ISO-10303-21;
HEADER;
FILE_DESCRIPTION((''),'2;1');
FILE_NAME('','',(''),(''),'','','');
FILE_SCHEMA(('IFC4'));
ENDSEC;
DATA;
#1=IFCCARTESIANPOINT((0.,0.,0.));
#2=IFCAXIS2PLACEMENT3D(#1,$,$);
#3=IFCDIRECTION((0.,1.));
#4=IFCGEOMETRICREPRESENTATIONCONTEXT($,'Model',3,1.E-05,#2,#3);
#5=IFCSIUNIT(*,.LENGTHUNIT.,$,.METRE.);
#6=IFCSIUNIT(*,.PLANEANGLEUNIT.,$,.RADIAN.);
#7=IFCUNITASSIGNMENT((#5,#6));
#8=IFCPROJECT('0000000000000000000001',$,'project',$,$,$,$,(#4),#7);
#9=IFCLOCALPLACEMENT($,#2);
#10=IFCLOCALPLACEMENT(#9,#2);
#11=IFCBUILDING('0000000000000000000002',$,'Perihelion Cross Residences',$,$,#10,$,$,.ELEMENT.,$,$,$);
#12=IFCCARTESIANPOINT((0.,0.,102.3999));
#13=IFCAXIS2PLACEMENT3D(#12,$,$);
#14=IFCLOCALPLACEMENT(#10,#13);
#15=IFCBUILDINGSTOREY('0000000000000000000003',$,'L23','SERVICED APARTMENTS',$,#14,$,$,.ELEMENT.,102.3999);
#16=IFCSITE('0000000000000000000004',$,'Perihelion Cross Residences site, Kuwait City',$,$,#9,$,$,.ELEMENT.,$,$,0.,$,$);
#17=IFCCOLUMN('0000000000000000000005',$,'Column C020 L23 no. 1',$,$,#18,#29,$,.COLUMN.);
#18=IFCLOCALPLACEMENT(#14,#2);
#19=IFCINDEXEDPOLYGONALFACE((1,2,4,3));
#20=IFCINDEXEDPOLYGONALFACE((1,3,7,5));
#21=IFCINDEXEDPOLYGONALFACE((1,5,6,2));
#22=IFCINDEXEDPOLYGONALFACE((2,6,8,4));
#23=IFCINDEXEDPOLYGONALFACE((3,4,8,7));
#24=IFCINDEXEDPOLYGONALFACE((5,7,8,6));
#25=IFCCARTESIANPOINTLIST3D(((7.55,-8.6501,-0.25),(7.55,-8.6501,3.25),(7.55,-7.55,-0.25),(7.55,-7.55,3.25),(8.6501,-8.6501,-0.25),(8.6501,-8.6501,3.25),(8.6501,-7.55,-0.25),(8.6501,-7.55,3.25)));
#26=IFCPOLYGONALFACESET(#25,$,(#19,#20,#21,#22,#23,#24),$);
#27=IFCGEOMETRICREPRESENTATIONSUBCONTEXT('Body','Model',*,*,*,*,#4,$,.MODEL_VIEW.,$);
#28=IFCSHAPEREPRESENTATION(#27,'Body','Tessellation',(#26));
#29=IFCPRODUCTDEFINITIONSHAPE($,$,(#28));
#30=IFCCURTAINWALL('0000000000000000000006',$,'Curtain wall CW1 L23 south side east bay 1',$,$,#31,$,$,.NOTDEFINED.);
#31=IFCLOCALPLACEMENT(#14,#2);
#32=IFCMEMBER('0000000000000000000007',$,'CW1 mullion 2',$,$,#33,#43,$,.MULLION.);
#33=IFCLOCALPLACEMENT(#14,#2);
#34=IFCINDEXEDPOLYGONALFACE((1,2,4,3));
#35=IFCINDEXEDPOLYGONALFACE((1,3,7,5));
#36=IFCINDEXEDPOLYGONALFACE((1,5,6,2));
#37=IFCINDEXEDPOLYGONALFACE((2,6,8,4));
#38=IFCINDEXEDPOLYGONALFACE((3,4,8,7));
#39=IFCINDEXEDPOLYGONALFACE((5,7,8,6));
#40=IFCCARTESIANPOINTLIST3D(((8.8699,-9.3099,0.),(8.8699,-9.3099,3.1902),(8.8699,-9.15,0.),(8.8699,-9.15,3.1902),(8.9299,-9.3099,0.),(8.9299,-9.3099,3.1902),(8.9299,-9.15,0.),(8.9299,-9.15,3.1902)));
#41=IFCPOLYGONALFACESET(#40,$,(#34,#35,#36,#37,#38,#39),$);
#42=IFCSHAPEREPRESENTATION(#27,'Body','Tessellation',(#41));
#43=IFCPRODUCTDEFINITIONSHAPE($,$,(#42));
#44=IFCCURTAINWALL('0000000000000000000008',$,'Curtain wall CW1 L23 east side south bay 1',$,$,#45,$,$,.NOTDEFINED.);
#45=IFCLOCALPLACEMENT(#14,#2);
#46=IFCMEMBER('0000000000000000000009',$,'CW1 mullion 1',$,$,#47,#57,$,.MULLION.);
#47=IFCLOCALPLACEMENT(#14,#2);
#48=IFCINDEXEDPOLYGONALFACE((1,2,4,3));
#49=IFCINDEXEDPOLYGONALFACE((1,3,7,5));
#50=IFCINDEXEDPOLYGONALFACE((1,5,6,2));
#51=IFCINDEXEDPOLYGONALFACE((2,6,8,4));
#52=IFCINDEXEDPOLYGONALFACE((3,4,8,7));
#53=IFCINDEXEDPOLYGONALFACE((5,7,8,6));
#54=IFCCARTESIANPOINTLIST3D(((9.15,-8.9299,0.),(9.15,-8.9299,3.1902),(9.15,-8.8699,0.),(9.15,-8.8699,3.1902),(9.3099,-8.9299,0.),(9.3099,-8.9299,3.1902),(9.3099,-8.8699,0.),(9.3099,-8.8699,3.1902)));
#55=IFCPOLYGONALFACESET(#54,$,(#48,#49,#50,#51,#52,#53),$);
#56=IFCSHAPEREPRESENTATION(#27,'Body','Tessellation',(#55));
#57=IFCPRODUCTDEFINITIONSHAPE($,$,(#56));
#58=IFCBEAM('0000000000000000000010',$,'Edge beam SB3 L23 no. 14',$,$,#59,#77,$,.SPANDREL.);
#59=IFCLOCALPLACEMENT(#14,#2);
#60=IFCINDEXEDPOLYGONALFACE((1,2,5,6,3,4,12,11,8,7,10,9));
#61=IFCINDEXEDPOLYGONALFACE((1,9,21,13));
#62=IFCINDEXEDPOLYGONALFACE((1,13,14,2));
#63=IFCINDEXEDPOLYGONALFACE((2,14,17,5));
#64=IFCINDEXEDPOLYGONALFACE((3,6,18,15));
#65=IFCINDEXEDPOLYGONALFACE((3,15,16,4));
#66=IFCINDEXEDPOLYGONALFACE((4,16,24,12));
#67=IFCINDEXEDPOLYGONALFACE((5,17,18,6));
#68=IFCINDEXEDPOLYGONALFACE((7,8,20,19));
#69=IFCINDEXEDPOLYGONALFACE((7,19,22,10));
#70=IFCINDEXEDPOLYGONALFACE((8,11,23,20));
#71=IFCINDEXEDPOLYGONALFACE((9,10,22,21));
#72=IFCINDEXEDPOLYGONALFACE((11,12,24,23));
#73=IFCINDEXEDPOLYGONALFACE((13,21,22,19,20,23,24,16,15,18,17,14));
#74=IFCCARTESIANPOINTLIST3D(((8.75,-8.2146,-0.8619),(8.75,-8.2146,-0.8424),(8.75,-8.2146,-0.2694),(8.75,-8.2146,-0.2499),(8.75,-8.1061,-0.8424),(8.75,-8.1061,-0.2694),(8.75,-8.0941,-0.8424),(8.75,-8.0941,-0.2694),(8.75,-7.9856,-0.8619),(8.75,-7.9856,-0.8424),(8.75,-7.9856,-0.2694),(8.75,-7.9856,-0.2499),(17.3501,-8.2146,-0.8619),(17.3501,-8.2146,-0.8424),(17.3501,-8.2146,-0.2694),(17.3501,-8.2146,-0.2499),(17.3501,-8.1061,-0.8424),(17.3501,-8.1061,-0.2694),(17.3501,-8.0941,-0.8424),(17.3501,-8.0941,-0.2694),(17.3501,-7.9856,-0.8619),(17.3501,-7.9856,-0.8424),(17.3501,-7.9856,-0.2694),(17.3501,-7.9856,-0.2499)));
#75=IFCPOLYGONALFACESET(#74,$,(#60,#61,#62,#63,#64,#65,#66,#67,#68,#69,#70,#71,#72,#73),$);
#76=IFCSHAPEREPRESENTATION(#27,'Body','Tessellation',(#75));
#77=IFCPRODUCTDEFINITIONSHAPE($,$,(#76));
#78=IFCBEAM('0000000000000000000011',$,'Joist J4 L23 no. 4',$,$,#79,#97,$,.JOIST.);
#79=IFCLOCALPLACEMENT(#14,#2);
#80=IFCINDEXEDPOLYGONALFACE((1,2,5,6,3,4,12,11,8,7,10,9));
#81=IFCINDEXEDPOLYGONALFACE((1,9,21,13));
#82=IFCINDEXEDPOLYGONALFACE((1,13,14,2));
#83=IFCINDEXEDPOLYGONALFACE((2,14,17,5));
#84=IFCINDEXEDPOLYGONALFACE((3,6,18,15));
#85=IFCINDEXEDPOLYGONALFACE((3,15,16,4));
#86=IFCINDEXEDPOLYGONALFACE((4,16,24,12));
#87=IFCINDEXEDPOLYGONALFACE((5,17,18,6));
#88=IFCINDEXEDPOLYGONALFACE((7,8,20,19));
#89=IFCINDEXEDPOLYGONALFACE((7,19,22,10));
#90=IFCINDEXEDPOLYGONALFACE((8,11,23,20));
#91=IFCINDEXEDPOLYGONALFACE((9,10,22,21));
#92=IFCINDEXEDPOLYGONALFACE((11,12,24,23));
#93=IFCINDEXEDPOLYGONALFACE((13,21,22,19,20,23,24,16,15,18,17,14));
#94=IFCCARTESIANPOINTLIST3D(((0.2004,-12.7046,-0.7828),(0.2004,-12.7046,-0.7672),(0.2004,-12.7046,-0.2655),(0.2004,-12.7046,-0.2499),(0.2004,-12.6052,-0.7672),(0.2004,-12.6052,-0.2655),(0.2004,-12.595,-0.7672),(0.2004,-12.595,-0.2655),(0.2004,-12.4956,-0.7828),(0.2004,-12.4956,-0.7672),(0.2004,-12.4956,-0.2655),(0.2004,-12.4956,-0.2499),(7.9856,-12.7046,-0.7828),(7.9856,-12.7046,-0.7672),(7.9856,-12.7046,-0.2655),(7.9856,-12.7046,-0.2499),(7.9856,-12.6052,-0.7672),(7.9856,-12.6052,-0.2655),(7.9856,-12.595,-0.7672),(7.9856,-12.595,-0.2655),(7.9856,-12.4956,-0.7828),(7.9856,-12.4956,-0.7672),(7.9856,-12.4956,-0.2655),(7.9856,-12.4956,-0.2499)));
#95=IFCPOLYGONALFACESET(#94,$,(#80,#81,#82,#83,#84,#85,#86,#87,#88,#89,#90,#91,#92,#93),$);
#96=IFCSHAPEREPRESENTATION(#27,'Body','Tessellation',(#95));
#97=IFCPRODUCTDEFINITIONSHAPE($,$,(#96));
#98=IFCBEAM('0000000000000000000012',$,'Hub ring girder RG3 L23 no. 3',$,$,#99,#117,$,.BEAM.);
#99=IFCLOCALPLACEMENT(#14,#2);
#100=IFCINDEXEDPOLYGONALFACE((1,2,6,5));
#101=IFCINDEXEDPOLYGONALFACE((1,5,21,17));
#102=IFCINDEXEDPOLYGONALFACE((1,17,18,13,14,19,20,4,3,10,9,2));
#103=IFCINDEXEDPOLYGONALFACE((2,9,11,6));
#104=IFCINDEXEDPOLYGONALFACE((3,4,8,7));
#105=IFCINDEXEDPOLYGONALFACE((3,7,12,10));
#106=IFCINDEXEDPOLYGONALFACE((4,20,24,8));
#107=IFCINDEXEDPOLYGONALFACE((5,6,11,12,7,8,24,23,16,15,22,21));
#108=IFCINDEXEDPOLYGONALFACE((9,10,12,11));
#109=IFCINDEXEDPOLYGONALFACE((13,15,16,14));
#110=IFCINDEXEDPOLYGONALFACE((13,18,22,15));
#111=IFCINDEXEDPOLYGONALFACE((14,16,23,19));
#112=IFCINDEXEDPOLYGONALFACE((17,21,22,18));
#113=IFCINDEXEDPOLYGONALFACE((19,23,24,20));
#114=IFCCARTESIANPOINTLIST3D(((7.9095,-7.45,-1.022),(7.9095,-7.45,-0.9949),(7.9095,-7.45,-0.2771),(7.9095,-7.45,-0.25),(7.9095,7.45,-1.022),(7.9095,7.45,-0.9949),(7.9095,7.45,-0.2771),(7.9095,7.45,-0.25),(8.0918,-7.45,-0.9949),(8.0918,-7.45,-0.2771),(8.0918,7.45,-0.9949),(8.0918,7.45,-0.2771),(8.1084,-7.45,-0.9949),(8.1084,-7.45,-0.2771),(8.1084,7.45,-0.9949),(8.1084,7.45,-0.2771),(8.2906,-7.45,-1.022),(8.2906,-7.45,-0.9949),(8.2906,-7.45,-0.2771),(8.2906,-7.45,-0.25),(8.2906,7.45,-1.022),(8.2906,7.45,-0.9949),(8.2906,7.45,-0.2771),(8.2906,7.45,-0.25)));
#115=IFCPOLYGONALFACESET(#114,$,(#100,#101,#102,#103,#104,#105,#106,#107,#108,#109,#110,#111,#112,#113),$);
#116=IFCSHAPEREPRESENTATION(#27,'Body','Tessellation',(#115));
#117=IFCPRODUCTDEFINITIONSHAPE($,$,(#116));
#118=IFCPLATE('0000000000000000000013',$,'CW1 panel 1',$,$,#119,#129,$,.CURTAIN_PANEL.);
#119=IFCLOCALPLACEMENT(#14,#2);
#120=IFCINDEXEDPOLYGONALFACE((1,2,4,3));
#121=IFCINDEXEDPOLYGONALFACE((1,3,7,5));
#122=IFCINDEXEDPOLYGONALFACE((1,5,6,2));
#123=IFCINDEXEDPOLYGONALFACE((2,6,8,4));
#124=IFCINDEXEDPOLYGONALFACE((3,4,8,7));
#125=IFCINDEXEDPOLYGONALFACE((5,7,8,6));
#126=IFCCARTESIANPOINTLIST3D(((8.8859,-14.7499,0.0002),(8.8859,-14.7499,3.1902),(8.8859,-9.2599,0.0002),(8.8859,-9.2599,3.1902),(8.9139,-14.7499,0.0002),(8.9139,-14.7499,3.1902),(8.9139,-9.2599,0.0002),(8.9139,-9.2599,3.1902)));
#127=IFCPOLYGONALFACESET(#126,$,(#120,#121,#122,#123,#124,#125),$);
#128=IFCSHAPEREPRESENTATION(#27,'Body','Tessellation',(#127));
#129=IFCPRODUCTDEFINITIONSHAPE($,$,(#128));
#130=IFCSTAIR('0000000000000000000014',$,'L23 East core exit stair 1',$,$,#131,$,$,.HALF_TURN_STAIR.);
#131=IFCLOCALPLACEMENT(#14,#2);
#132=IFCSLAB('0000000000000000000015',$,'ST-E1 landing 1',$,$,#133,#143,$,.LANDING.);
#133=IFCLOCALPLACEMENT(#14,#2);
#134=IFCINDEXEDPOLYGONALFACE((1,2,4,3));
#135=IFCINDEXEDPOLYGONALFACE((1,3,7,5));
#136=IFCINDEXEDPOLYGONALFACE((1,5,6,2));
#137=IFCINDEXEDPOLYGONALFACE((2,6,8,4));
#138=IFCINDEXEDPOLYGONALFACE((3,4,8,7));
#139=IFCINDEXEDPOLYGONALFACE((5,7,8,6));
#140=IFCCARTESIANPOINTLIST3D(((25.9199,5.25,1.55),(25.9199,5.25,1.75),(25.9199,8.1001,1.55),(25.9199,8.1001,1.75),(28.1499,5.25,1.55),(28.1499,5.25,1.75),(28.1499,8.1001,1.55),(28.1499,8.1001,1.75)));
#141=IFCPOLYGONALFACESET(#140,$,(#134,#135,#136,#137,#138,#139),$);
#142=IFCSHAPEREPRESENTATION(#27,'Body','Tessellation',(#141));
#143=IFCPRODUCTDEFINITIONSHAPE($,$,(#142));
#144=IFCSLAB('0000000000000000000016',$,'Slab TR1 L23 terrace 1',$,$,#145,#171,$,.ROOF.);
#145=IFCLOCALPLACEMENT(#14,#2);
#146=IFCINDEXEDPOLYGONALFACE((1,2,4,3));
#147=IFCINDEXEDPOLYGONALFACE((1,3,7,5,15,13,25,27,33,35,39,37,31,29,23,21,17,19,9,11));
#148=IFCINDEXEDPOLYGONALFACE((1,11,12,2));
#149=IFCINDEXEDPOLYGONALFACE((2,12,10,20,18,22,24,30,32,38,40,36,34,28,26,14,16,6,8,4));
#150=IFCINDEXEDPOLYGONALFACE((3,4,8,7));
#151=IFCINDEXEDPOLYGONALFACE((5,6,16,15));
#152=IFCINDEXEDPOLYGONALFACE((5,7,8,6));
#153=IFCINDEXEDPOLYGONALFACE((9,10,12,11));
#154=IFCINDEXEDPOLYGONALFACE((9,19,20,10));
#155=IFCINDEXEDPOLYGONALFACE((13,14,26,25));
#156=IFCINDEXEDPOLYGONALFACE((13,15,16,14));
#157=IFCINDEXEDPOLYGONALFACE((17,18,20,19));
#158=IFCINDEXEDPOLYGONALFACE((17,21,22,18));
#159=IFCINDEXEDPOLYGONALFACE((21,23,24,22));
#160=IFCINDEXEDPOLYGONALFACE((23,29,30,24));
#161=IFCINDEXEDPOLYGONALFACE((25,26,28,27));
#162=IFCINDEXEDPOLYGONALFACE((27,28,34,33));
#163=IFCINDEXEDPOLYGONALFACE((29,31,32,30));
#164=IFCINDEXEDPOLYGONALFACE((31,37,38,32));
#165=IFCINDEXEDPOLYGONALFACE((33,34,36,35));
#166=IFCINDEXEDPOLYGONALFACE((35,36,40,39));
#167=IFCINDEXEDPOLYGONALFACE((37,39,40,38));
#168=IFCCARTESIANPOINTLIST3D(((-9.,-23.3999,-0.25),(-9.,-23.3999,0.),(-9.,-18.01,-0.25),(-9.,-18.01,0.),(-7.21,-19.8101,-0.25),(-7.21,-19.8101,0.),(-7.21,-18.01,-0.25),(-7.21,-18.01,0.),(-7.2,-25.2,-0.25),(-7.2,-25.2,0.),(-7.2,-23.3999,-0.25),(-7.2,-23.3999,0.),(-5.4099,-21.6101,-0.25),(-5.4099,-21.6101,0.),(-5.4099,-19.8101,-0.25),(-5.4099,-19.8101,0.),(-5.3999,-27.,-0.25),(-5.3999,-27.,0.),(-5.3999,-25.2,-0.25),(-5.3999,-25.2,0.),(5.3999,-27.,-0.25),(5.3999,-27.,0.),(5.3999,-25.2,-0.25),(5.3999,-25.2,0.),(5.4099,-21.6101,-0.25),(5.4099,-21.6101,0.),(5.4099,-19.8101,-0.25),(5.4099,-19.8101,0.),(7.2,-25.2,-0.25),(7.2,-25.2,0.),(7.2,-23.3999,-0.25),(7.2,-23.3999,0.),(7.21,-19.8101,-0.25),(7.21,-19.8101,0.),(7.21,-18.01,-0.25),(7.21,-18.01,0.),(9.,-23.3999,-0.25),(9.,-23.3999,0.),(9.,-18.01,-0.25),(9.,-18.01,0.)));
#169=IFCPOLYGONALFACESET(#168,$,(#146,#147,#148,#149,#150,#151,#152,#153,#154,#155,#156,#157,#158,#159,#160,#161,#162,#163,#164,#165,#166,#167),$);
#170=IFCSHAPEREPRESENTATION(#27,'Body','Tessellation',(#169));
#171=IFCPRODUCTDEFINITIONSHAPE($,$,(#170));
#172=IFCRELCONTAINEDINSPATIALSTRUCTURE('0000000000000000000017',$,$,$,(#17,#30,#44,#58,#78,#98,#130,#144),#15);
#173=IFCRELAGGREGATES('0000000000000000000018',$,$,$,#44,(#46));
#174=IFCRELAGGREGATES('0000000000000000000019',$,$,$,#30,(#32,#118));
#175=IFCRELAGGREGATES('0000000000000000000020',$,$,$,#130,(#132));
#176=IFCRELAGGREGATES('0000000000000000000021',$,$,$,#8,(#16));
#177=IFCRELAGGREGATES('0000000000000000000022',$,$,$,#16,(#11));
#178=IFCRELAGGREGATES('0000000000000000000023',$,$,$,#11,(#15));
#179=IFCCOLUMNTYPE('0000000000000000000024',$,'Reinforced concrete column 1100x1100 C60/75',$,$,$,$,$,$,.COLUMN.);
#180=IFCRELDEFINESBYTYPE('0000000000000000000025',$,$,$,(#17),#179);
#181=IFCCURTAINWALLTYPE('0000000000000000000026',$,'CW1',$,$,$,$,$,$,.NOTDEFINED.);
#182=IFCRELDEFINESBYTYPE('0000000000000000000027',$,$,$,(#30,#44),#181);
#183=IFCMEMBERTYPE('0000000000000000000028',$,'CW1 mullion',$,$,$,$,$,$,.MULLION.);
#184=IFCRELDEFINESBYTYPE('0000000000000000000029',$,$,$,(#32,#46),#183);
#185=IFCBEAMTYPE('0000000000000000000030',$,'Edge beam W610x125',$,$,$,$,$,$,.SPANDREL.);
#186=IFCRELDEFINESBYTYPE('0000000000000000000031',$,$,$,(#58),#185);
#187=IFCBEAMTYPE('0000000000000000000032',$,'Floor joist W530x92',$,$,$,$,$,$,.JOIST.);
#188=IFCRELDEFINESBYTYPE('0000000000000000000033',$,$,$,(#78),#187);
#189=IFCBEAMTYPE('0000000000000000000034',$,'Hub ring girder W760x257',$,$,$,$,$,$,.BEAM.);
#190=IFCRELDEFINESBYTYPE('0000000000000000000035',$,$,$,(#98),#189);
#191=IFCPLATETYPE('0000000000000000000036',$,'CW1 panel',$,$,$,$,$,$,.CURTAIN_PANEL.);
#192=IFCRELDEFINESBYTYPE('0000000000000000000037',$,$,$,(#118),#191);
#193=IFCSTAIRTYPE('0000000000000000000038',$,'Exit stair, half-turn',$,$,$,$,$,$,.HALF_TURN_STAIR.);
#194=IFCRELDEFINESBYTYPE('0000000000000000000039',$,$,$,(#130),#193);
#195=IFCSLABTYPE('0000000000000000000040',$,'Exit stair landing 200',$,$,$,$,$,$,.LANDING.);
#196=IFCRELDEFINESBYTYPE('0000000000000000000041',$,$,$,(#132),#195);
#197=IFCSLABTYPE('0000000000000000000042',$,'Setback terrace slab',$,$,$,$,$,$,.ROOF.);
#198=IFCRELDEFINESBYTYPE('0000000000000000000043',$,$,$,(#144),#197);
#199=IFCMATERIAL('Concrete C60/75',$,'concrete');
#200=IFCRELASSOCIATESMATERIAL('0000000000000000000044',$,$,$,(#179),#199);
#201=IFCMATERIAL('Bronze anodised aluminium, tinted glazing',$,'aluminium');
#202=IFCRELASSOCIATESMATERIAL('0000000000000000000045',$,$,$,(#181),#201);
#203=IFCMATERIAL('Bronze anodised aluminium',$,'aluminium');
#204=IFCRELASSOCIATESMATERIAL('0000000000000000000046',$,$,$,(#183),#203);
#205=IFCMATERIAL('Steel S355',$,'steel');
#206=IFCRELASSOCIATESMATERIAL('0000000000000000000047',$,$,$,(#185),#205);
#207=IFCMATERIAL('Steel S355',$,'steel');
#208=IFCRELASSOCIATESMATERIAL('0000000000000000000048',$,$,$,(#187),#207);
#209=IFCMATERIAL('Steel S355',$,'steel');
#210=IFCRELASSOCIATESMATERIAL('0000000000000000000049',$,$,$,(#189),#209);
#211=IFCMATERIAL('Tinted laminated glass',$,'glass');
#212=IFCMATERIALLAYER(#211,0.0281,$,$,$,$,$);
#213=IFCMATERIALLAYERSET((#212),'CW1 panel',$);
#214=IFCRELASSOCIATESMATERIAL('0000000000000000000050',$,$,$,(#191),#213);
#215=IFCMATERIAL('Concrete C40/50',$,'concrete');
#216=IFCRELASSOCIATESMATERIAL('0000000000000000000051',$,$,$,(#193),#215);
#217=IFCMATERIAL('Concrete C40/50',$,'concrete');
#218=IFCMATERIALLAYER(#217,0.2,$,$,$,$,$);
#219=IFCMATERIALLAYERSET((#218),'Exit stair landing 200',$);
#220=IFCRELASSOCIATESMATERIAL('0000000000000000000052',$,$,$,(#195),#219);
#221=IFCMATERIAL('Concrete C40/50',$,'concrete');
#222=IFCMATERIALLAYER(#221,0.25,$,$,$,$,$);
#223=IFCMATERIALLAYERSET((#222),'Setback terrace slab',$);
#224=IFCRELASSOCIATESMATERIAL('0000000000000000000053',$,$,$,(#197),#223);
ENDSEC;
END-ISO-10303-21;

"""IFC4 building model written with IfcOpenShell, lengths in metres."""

from ifc_helpers import new_model, si_unit, direction, frame, origin, origin_2d, place, context, subcontext, project, spatial, polyline, rectangle, i_section, outline, extrude, material, layer, layer_set, material_profile, profile_set, type_object, element, aggregate, save


model = new_model("IFC4")

# Units and contexts
model_context = context("Model", 3, precision=1e-05, world=origin(), true_north=direction((0.0, 1.0)))
body_context = subcontext(model_context, "Body", "Model", "MODEL_VIEW")
ifc_project = project(units=[si_unit("LENGTHUNIT", "METRE"), si_unit("PLANEANGLEUNIT", "RADIAN")], contexts=[model_context])

# Site, building, storey
site_placement = place(None, origin())
site = spatial("IfcSite", under=ifc_project, at=site_placement, Name="Perihelion Cross Residences site, Kuwait City", CompositionType="ELEMENT", RefElevation=0.0)
building_placement = place(site_placement, origin())
building = spatial("IfcBuilding", under=site, at=building_placement, Name="Perihelion Cross Residences", CompositionType="ELEMENT")
storey_placement = place(building_placement, frame((0.0, 0.0, 102.3999)))
storey = spatial("IfcBuildingStorey", under=building, at=storey_placement, Name="L23", Description="SERVICED APARTMENTS", CompositionType="ELEMENT", Elevation=102.3999)

# Column
ifc_material_1 = material(Name="Concrete C60/75", Category="concrete")
ifc_material_profile_1 = material_profile(ifc_material_1, rectangle(XDim=1.1001, YDim=1.1001, at=origin_2d()), Name="RC 1100x1100")
ifc_profile_set_1 = profile_set([ifc_material_profile_1], Name="Concrete C60/75")
column_type = type_object("IfcColumnType", Name="Reinforced concrete column 1100x1100 C60/75", PredefinedType="COLUMN", material=ifc_profile_set_1)
column_placement = place(storey_placement, frame((8.1001, -8.1001, -0.25), z_axis=(0.0, 0.0, 1.0), x_axis=(1.0, 0.0, 0.0)))
element("IfcColumn", 1, at=column_placement, inside=storey, type_object=column_type, Name="Column C020 L23 no. 1", PredefinedType="COLUMN", context=body_context, shape_type="SweptSolid", body=[
    extrude(rectangle(XDim=1.1001, YDim=1.1001, at=origin_2d()), origin(), (0.0, 0.0, 1.0), 3.5),
])

# Curtain walls, members
ifc_material_2 = material(Name="Bronze anodised aluminium, tinted glazing", Category="aluminium")
curtain_wall_type = type_object("IfcCurtainWallType", Name="CW1", PredefinedType="NOTDEFINED", material=ifc_material_2)
curtain_wall_1_placement = place(storey_placement, origin())
curtain_wall_1 = element("IfcCurtainWall", 2, at=curtain_wall_1_placement, inside=storey, type_object=curtain_wall_type, Name="Curtain wall CW1 L23 south side east bay 1", PredefinedType="NOTDEFINED")
ifc_material_3 = material(Name="Bronze anodised aluminium", Category="aluminium")
ifc_material_profile_2 = material_profile(ifc_material_3, rectangle(XDim=0.0601, YDim=0.1599, at=origin_2d()), Name="CW1 mullion")
ifc_profile_set_2 = profile_set([ifc_material_profile_2], Name="Bronze anodised aluminium")
member_type = type_object("IfcMemberType", Name="CW1 mullion", PredefinedType="MULLION", material=ifc_profile_set_2)
member_1_placement = place(storey_placement, frame((8.8999, -9.23, 0.0), z_axis=(0.0, 0.0, 1.0), x_axis=(-1.0, 0.0, 0.0)))
member_1 = element("IfcMember", 3, at=member_1_placement, type_object=member_type, Name="CW1 mullion 2", PredefinedType="MULLION", context=body_context, shape_type="SweptSolid", body=[
    extrude(rectangle(XDim=0.0601, YDim=0.1599, at=origin_2d()), origin(), (0.0, 0.0, 1.0), 3.1902),
])
curtain_wall_2_placement = place(storey_placement, origin())
curtain_wall_2 = element("IfcCurtainWall", 4, at=curtain_wall_2_placement, inside=storey, type_object=curtain_wall_type, Name="Curtain wall CW1 L23 east side south bay 1", PredefinedType="NOTDEFINED")
member_2_placement = place(storey_placement, frame((9.23, -8.8999, 0.0), z_axis=(0.0, 0.0, 1.0), x_axis=(0.0, 1.0, 0.0)))
member_2 = element("IfcMember", 5, at=member_2_placement, type_object=member_type, Name="CW1 mullion 1", PredefinedType="MULLION", context=body_context, shape_type="SweptSolid", body=[
    extrude(rectangle(XDim=0.0601, YDim=0.1599, at=origin_2d()), origin(), (0.0, 0.0, 1.0), 3.1902),
])
aggregate(curtain_wall_2, [member_2])

# Beams
ifc_material_4 = material(Name="Steel S355", Category="steel")
ifc_material_profile_3 = material_profile(ifc_material_4, i_section(OverallWidth=0.229, OverallDepth=0.6121, WebThickness=0.012, FlangeThickness=0.0195, at=origin_2d()), Name="W610x125")
ifc_profile_set_3 = profile_set([ifc_material_profile_3], Name="Steel S355")
beam_type_1 = type_object("IfcBeamType", Name="Edge beam W610x125", PredefinedType="SPANDREL", material=ifc_profile_set_3)
beam_1_placement = place(storey_placement, frame((8.75, -8.1001, -0.5559), z_axis=(1.0, 0.0, 0.0), x_axis=(0.0, 1.0, 0.0)))
element("IfcBeam", 6, at=beam_1_placement, inside=storey, type_object=beam_type_1, Name="Edge beam SB3 L23 no. 14", PredefinedType="SPANDREL", context=body_context, shape_type="SweptSolid", body=[
    extrude(i_section(OverallWidth=0.229, OverallDepth=0.6121, WebThickness=0.012, FlangeThickness=0.0195, at=origin_2d()), origin(), (0.0, 0.0, 1.0), 8.6001),
])
ifc_material_5 = material(Name="Steel S355", Category="steel")
ifc_material_profile_4 = material_profile(ifc_material_5, i_section(OverallWidth=0.209, OverallDepth=0.533, WebThickness=0.0103, FlangeThickness=0.0156, at=origin_2d()), Name="W530x92")
ifc_profile_set_4 = profile_set([ifc_material_profile_4], Name="Steel S355")
beam_type_2 = type_object("IfcBeamType", Name="Floor joist W530x92", PredefinedType="JOIST", material=ifc_profile_set_4)
beam_2_placement = place(storey_placement, frame((0.2004, -12.6001, -0.5164), z_axis=(1.0, 0.0, 0.0), x_axis=(0.0, 1.0, 0.0)))
element("IfcBeam", 7, at=beam_2_placement, inside=storey, type_object=beam_type_2, Name="Joist J4 L23 no. 4", PredefinedType="JOIST", context=body_context, shape_type="SweptSolid", body=[
    extrude(i_section(OverallWidth=0.209, OverallDepth=0.533, WebThickness=0.0103, FlangeThickness=0.0156, at=origin_2d()), origin(), (0.0, 0.0, 1.0), 7.7852),
])
ifc_material_6 = material(Name="Steel S355", Category="steel")
ifc_material_profile_5 = material_profile(ifc_material_6, i_section(OverallWidth=0.3811, OverallDepth=0.772, WebThickness=0.0166, FlangeThickness=0.0271, at=origin_2d()), Name="W760x257")
ifc_profile_set_5 = profile_set([ifc_material_profile_5], Name="Steel S355")
beam_type_3 = type_object("IfcBeamType", Name="Hub ring girder W760x257", PredefinedType="BEAM", material=ifc_profile_set_5)
beam_3_placement = place(storey_placement, frame((8.1001, -7.45, -0.636), z_axis=(0.0, 1.0, 0.0), x_axis=(-1.0, 0.0, 0.0)))
element("IfcBeam", 8, at=beam_3_placement, inside=storey, type_object=beam_type_3, Name="Hub ring girder RG3 L23 no. 3", PredefinedType="BEAM", context=body_context, shape_type="SweptSolid", body=[
    extrude(i_section(OverallWidth=0.3811, OverallDepth=0.772, WebThickness=0.0166, FlangeThickness=0.0271, at=origin_2d()), origin(), (0.0, 0.0, 1.0), 14.8999),
])

# Plate
ifc_material_7 = material(Name="Tinted laminated glass", Category="glass")
ifc_layer_1 = layer(ifc_material_7, 0.0281)
ifc_layer_set_1 = layer_set([ifc_layer_1], Name="CW1 panel")
plate_type = type_object("IfcPlateType", Name="CW1 panel", PredefinedType="CURTAIN_PANEL", material=ifc_layer_set_1)
plate_placement = place(storey_placement, frame((8.8999, -12.0049, 0.0002), z_axis=(0.0, 0.0, 1.0), x_axis=(0.0, 1.0, 0.0)))
plate = element("IfcPlate", 9, at=plate_placement, type_object=plate_type, Name="CW1 panel 1", PredefinedType="CURTAIN_PANEL", context=body_context, shape_type="SweptSolid", body=[
    extrude(rectangle(XDim=5.49, YDim=0.0281, at=origin_2d()), origin(), (0.0, 0.0, 1.0), 3.1899),
])
aggregate(curtain_wall_1, [member_1, plate])

# Stair, slab
ifc_material_8 = material(Name="Concrete C40/50", Category="concrete")
stair_type = type_object("IfcStairType", Name="Exit stair, half-turn", PredefinedType="HALF_TURN_STAIR", material=ifc_material_8)
stair_placement = place(storey_placement, origin())
stair = element("IfcStair", 10, at=stair_placement, inside=storey, type_object=stair_type, Name="L23 East core exit stair 1", PredefinedType="HALF_TURN_STAIR")
ifc_material_9 = material(Name="Concrete C40/50", Category="concrete")
ifc_layer_2 = layer(ifc_material_9, 0.2)
ifc_layer_set_2 = layer_set([ifc_layer_2], Name="Exit stair landing 200")
slab_type_1 = type_object("IfcSlabType", Name="Exit stair landing 200", PredefinedType="LANDING", material=ifc_layer_set_2)
slab_1_placement = place(storey_placement, frame((0.0, 0.0, 1.55)))
slab_1 = element("IfcSlab", 11, at=slab_1_placement, type_object=slab_type_1, Name="ST-E1 landing 1", PredefinedType="LANDING", context=body_context, shape_type="SweptSolid", body=[
    extrude(outline(polyline([(25.9199, 5.25), (28.1499, 5.25), (28.1499, 8.1001), (25.9199, 8.1001), (25.9199, 5.25)])), origin(), (0.0, 0.0, 1.0), 0.2),
])
aggregate(stair, [slab_1])

# Slab
ifc_material_10 = material(Name="Concrete C40/50", Category="concrete")
ifc_layer_3 = layer(ifc_material_10, 0.25)
ifc_layer_set_3 = layer_set([ifc_layer_3], Name="Setback terrace slab")
slab_type_2 = type_object("IfcSlabType", Name="Setback terrace slab", PredefinedType="ROOF", material=ifc_layer_set_3)
slab_2_placement = place(storey_placement, frame((0.0, 0.0, -0.25)))
element("IfcSlab", 12, at=slab_2_placement, inside=storey, type_object=slab_type_2, Name="Slab TR1 L23 terrace 1", PredefinedType="ROOF", context=body_context, shape_type="SweptSolid", body=[
    extrude(outline(polyline([(7.2, -23.3999), (9.0, -23.3999), (9.0, -18.01), (7.21, -18.01), (7.21, -19.8101), (5.4099, -19.8101), (5.4099, -21.6101), (-5.4099, -21.6101), (-5.4099, -19.8101), (-7.21, -19.8101), (-7.21, -18.01), (-9.0, -18.01), (-9.0, -23.3999), (-7.2, -23.3999), (-7.2, -25.2), (-5.3999, -25.2), (-5.3999, -27.0), (5.3999, -27.0), (5.3999, -25.2), (7.2, -25.2), (7.2, -23.3999)])), origin(), (0.0, 0.0, 1.0), 0.25),
])

save(model, "model.ifc")
